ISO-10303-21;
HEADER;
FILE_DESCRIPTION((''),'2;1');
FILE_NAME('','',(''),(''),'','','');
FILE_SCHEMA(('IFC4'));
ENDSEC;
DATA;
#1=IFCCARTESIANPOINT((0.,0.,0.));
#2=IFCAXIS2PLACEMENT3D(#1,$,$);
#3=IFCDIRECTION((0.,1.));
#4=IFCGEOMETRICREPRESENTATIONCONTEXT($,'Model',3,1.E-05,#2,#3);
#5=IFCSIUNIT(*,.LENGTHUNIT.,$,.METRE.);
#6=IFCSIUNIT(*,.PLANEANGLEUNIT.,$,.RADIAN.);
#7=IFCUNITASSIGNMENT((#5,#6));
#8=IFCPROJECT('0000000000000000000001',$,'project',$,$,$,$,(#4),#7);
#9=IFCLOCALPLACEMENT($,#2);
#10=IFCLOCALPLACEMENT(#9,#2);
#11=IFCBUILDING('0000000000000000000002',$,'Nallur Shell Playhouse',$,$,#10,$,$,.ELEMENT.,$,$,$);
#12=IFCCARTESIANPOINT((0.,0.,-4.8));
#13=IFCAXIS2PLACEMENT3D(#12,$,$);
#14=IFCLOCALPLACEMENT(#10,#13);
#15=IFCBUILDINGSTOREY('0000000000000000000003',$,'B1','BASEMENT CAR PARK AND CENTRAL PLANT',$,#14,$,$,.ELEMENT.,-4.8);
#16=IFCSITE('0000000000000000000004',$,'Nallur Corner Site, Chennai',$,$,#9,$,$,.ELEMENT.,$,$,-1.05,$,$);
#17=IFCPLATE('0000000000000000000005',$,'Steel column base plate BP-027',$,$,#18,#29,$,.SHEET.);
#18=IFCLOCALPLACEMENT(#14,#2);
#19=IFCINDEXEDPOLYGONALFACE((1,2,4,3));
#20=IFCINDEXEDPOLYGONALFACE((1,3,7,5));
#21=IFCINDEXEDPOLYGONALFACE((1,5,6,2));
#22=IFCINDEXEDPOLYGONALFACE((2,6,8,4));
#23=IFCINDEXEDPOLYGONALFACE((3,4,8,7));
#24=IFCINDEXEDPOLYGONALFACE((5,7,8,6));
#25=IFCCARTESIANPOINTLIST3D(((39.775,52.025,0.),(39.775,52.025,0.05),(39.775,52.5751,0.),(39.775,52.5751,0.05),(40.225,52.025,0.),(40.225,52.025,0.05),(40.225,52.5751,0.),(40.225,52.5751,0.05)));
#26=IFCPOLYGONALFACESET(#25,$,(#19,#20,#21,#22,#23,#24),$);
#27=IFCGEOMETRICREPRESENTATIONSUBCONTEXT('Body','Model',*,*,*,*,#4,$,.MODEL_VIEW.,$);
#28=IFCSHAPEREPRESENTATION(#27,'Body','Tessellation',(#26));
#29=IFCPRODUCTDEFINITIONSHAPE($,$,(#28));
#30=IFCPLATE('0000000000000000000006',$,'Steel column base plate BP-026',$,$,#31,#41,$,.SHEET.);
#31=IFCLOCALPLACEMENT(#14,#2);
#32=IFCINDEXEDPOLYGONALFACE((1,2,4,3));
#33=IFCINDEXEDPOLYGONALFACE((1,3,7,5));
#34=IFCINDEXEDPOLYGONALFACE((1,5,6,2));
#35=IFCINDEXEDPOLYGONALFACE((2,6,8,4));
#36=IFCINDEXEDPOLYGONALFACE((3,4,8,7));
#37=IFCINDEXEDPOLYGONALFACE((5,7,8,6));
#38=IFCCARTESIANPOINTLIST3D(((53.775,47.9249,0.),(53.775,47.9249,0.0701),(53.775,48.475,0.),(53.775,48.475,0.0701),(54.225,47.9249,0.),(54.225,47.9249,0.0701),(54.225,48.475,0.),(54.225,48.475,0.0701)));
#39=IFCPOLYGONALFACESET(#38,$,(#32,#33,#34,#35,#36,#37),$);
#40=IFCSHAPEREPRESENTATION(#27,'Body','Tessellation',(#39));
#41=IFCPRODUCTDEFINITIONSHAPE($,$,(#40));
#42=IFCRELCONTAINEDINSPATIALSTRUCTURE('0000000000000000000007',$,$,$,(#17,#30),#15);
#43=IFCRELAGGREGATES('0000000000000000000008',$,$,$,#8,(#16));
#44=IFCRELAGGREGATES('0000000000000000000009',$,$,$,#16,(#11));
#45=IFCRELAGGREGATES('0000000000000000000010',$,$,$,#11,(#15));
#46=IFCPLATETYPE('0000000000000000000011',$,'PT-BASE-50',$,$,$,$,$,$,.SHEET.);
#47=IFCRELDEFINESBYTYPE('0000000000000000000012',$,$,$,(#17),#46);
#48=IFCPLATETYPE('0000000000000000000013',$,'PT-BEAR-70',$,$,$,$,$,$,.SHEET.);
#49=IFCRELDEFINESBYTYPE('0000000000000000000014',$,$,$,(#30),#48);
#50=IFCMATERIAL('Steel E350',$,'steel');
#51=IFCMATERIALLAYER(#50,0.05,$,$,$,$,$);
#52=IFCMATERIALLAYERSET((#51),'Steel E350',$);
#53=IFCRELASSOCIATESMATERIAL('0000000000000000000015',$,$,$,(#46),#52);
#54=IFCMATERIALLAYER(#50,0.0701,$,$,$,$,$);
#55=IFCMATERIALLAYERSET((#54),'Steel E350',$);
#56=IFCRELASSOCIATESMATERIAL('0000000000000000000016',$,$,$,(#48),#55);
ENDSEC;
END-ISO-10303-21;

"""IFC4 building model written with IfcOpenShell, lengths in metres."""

from ifc_helpers import new_model, si_unit, direction, frame, origin, origin_2d, place, context, subcontext, project, spatial, rectangle, extrude, material, layer, layer_set, type_object, element, save


model = new_model("IFC4")

# Units and contexts
model_context = context("Model", 3, precision=1e-05, world=origin(), true_north=direction((0.0, 1.0)))
body_context = subcontext(model_context, "Body", "Model", "MODEL_VIEW")
ifc_project = project(units=[si_unit("LENGTHUNIT", "METRE"), si_unit("PLANEANGLEUNIT", "RADIAN")], contexts=[model_context])

# Site, building, storey
site_placement = place(None, origin())
site = spatial("IfcSite", under=ifc_project, at=site_placement, Name="Nallur Corner Site, Chennai", CompositionType="ELEMENT", RefElevation=-1.05)
building_placement = place(site_placement, origin())
building = spatial("IfcBuilding", under=site, at=building_placement, Name="Nallur Shell Playhouse", CompositionType="ELEMENT")
storey_placement = place(building_placement, frame((0.0, 0.0, -4.8)))
storey = spatial("IfcBuildingStorey", under=building, at=storey_placement, Name="B1", Description="BASEMENT CAR PARK AND CENTRAL PLANT", CompositionType="ELEMENT", Elevation=-4.8)

# Shared definitions
ifc_material_1 = material(Name="Steel E350", Category="steel")

# Plates
ifc_layer_1 = layer(ifc_material_1, 0.05)
ifc_layer_set_1 = layer_set([ifc_layer_1], Name="Steel E350")
plate_type_1 = type_object("IfcPlateType", Name="PT-BASE-50", PredefinedType="SHEET", material=ifc_layer_set_1)
for number, where, z_axis, x_axis, name in (
    (1, (40.0, 52.3, 0.0), (0.0, 0.0, 1.0), (1.0, 0.0, 0.0), "Steel column base plate BP-027"),
):
    element("IfcPlate", number, at=place(storey_placement, frame(where, z_axis=z_axis, x_axis=x_axis)), inside=storey, type_object=plate_type_1, Name=name, PredefinedType="SHEET", context=body_context, shape_type="SweptSolid", body=[
        extrude(rectangle(XDim=0.45, YDim=0.55, at=origin_2d()), origin(), (0.0, 0.0, 1.0), 0.05),
    ])
ifc_layer_2 = layer(ifc_material_1, 0.0701)
ifc_layer_set_2 = layer_set([ifc_layer_2], Name="Steel E350")
plate_type_2 = type_object("IfcPlateType", Name="PT-BEAR-70", PredefinedType="SHEET", material=ifc_layer_set_2)
plate_placement = place(storey_placement, frame((54.0, 48.2, 0.0), z_axis=(0.0, 0.0, 1.0), x_axis=(1.0, 0.0, 0.0)))
element("IfcPlate", 2, at=plate_placement, inside=storey, type_object=plate_type_2, Name="Steel column base plate BP-026", PredefinedType="SHEET", context=body_context, shape_type="SweptSolid", body=[
    extrude(rectangle(XDim=0.45, YDim=0.55, at=origin_2d()), origin(), (0.0, 0.0, 1.0), 0.0701),
])

save(model, "model.ifc")
